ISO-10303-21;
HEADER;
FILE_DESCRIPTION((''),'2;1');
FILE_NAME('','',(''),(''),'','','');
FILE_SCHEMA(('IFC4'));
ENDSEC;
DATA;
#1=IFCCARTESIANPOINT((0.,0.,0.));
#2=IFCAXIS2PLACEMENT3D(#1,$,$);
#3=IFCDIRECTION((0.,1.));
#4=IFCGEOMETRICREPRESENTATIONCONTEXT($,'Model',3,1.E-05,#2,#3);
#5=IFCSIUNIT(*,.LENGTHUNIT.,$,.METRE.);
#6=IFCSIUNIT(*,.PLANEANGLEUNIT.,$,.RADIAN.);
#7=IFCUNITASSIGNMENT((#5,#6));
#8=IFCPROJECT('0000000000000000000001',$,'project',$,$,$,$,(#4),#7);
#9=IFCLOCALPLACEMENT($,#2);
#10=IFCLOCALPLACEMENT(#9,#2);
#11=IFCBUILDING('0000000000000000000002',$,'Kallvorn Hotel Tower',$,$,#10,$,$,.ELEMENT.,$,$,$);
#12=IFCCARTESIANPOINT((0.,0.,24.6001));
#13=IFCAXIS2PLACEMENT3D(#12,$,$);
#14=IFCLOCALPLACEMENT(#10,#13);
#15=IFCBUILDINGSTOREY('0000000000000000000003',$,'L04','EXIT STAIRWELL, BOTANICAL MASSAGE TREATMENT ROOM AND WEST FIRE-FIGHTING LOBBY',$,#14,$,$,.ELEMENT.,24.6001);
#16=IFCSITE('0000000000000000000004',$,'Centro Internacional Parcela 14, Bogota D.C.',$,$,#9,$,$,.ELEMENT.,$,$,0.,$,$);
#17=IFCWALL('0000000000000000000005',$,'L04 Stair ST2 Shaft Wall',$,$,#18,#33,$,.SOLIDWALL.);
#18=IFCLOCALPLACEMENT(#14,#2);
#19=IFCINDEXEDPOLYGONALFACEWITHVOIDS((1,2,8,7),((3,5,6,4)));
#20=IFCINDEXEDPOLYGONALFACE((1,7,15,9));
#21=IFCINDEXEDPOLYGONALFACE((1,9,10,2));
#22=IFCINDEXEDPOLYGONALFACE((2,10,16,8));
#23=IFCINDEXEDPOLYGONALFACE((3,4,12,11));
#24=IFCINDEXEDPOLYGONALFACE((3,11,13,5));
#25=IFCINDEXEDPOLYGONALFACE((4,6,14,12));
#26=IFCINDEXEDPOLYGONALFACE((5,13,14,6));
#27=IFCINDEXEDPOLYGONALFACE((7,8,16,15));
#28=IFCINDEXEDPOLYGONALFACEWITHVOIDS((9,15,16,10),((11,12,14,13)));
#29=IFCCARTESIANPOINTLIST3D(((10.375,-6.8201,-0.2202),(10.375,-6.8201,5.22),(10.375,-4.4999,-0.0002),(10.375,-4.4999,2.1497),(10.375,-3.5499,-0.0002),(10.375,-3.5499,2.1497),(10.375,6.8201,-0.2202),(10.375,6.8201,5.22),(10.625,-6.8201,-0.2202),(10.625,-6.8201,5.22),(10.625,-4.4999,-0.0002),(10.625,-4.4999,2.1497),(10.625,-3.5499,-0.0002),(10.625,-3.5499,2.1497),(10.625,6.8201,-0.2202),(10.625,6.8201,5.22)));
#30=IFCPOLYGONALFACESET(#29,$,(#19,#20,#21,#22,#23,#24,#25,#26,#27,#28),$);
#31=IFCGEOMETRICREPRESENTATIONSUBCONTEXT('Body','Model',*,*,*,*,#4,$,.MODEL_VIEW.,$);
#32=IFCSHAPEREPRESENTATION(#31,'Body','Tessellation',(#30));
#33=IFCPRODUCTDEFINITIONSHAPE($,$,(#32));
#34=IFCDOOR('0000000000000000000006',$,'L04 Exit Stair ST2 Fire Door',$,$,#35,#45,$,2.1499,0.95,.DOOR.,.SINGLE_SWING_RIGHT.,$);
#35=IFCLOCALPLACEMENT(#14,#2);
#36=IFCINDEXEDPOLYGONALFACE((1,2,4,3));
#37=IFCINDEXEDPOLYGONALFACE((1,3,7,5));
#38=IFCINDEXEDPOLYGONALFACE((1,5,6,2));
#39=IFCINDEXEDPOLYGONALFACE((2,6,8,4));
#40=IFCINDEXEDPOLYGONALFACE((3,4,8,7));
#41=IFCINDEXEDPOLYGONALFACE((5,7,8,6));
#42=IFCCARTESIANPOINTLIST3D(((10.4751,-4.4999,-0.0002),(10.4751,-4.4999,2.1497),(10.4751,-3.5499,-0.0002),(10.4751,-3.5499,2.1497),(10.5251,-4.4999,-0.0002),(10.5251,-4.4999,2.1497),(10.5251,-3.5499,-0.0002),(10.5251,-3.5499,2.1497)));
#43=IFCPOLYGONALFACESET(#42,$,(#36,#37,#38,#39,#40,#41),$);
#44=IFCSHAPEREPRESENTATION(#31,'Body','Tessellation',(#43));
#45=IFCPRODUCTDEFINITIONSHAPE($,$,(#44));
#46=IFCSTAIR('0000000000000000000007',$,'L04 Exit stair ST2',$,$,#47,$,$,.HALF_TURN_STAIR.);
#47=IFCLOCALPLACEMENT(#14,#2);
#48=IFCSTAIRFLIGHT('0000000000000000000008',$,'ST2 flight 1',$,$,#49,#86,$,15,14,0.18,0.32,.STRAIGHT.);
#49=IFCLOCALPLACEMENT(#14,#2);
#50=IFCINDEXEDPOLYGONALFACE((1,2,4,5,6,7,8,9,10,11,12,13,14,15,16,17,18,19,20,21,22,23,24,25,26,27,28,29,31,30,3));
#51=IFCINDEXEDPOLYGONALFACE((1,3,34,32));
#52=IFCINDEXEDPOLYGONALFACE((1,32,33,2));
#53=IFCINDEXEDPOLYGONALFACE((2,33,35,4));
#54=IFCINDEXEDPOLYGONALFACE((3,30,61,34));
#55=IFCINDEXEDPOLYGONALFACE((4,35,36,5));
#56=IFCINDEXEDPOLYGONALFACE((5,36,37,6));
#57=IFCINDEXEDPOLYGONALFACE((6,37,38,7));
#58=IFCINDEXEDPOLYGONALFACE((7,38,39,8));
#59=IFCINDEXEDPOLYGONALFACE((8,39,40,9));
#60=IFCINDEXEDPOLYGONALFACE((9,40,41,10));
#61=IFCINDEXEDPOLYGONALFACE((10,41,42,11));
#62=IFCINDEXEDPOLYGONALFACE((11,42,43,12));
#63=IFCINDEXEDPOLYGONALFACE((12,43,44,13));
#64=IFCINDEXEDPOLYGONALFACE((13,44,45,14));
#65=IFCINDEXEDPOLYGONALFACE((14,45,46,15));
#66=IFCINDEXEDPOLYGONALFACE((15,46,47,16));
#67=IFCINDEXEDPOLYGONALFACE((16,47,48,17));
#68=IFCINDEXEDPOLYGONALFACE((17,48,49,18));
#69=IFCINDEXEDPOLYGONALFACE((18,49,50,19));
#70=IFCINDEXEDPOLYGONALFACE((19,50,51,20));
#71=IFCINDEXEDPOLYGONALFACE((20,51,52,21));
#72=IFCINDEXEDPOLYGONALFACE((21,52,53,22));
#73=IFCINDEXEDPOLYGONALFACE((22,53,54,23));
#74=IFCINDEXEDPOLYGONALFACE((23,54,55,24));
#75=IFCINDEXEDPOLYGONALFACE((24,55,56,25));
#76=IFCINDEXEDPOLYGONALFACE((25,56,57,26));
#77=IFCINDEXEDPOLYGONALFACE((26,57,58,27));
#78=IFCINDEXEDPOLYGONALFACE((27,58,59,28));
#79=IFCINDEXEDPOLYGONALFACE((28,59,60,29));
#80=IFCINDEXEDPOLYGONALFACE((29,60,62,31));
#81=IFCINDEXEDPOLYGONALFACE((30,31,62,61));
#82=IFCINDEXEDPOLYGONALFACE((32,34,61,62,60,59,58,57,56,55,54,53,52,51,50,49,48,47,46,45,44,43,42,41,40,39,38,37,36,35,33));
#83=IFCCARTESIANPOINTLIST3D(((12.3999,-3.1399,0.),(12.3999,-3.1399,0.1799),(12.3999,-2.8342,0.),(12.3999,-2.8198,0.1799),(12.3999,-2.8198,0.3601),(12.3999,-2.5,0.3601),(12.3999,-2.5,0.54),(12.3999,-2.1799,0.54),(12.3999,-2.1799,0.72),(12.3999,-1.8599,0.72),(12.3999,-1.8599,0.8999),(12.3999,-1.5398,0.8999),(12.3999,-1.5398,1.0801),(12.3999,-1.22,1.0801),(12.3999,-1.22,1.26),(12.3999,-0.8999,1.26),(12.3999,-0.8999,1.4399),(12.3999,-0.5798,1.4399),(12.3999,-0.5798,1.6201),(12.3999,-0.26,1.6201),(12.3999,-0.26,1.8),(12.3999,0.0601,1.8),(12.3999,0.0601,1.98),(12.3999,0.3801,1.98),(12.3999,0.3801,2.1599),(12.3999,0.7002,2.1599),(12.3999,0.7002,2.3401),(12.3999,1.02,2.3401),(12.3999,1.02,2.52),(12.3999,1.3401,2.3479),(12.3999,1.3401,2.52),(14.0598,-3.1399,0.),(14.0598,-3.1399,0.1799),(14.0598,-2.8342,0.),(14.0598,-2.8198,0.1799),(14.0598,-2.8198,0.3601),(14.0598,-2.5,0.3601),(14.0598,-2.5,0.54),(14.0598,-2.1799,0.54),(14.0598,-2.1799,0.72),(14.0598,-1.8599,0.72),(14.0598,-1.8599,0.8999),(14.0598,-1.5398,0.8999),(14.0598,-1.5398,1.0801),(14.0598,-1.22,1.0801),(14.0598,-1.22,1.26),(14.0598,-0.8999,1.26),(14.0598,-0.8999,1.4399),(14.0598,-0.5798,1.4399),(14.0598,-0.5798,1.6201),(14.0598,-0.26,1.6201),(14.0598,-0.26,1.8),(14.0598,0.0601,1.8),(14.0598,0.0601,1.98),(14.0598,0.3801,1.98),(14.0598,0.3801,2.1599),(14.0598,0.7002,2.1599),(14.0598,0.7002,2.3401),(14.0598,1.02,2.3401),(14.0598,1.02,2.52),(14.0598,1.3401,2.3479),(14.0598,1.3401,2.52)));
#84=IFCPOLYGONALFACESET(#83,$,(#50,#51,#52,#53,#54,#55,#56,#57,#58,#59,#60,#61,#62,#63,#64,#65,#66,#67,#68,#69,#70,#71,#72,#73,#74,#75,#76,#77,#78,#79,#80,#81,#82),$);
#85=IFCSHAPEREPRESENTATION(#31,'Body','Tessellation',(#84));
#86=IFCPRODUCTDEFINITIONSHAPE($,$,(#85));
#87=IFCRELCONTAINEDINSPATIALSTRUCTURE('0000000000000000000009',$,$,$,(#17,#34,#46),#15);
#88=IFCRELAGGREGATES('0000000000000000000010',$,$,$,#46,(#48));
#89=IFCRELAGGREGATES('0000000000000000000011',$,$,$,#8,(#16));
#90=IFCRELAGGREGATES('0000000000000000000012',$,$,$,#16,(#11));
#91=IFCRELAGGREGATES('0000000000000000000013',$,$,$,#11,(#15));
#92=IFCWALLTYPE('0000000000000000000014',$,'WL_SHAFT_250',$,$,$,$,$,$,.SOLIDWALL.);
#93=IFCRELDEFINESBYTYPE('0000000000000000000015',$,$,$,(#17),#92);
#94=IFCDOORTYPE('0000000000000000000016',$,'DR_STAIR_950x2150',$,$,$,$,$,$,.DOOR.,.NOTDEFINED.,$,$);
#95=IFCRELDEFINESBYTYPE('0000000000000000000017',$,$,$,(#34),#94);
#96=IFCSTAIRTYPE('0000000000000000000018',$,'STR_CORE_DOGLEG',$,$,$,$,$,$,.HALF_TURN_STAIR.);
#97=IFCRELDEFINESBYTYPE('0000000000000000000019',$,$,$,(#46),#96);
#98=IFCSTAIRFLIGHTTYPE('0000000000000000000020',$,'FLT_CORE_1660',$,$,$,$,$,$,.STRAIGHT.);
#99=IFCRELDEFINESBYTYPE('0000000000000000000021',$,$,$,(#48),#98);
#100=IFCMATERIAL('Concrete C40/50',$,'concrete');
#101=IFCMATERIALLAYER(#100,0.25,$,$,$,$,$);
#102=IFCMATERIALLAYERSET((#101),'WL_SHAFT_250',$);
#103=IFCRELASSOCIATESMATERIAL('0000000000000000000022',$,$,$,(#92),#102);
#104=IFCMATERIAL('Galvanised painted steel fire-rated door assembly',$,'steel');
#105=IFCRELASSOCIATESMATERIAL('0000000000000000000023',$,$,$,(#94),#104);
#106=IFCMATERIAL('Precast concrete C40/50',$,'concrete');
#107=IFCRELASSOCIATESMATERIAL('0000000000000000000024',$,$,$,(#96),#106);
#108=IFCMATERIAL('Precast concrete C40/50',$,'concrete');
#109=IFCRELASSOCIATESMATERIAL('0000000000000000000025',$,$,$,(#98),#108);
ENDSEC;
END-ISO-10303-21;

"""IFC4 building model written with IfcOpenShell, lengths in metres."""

from ifc_helpers import new_model, si_unit, direction, frame, frame_2d, origin, place, context, subcontext, project, spatial, polyline, rectangle, outline, extrude, material, layer, layer_set, type_object, element, fill, aggregate, save


model = new_model("IFC4")

# Units and contexts
model_context = context("Model", 3, precision=1e-05, world=origin(), true_north=direction((0.0, 1.0)))
body_context = subcontext(model_context, "Body", "Model", "MODEL_VIEW")
ifc_project = project(units=[si_unit("LENGTHUNIT", "METRE"), si_unit("PLANEANGLEUNIT", "RADIAN")], contexts=[model_context])

# Site, building, storey
site_placement = place(None, origin())
site = spatial("IfcSite", under=ifc_project, at=site_placement, Name="Centro Internacional Parcela 14, Bogota D.C.", CompositionType="ELEMENT", RefElevation=0.0)
building_placement = place(site_placement, origin())
building = spatial("IfcBuilding", under=site, at=building_placement, Name="Kallvorn Hotel Tower", CompositionType="ELEMENT")
storey_placement = place(building_placement, frame((0.0, 0.0, 24.6001)))
storey = spatial("IfcBuildingStorey", under=building, at=storey_placement, Name="L04", Description="EXIT STAIRWELL, BOTANICAL MASSAGE TREATMENT ROOM AND WEST FIRE-FIGHTING LOBBY", CompositionType="ELEMENT", Elevation=24.6001)

# Wall, opening, door
ifc_material_1 = material(Name="Concrete C40/50", Category="concrete")
ifc_layer_1 = layer(ifc_material_1, 0.25)
ifc_layer_set_1 = layer_set([ifc_layer_1], Name="WL_SHAFT_250")
wall_type_1 = type_object("IfcWallType", Name="WL_SHAFT_250", PredefinedType="SOLIDWALL", material=ifc_layer_set_1)
wall_1_placement = place(storey_placement, frame((10.5, -6.8201, -0.2202), z_axis=(0.0, 0.0, 1.0), x_axis=(0.0, 1.0, 0.0)))
wall_1 = element("IfcWall", 1, at=wall_1_placement, inside=storey, type_object=wall_type_1, Name="L04 Stair ST2 Shaft Wall", PredefinedType="SOLIDWALL", context=body_context, shape_type="SweptSolid", body=[
    extrude(rectangle(XDim=13.6401, YDim=0.25, at=frame_2d((6.8201, 0.0))), origin(), (0.0, 0.0, 1.0), 5.4402),
])
opening_1_placement = place(wall_1_placement, frame((2.3201, 0.0, 0.22)))
opening_1 = element("IfcOpeningElement", 2, at=opening_1_placement, cuts=wall_1, PredefinedType="OPENING", context=body_context, shape_type="SweptSolid", body=[
    extrude(rectangle(XDim=0.95, YDim=2.1499, at=frame_2d((0.4751, 1.075))), frame((0.0, 0.1399, 0.0), z_axis=(0.0, -1.0, 0.0), x_axis=(1.0, 0.0, 0.0)), (0.0, 0.0, 1.0), 0.28),
])
ifc_material_2 = material(Name="Galvanised painted steel fire-rated door assembly", Category="steel")
door_type_1 = type_object("IfcDoorType", Name="DR_STAIR_950x2150", OperationType="NOTDEFINED", PredefinedType="DOOR", material=ifc_material_2)
door_1_placement = place(opening_1_placement, origin())
door_1 = element("IfcDoor", 3, at=door_1_placement, inside=storey, type_object=door_type_1, Name="L04 Exit Stair ST2 Fire Door", OperationType="SINGLE_SWING_RIGHT", OverallHeight=2.1499, OverallWidth=0.95, PredefinedType="DOOR", context=body_context, shape_type="SweptSolid", body=[
    extrude(rectangle(XDim=0.95, YDim=2.1499, at=frame_2d((0.4751, 1.075))), frame((0.0, 0.0249, 0.0), z_axis=(0.0, -1.0, 0.0), x_axis=(1.0, 0.0, 0.0)), (0.0, 0.0, 1.0), 0.05),
])
fill(opening_1, door_1)

# Stair, stair flight
ifc_material_3 = material(Name="Precast concrete C40/50", Category="concrete")
stair_type = type_object("IfcStairType", Name="STR_CORE_DOGLEG", PredefinedType="HALF_TURN_STAIR", material=ifc_material_3)
stair_placement = place(storey_placement, origin())
stair = element("IfcStair", 4, at=stair_placement, inside=storey, type_object=stair_type, Name="L04 Exit stair ST2", PredefinedType="HALF_TURN_STAIR")
ifc_material_4 = material(Name="Precast concrete C40/50", Category="concrete")
stair_flight_type = type_object("IfcStairFlightType", Name="FLT_CORE_1660", PredefinedType="STRAIGHT", material=ifc_material_4)
stair_flight_placement = place(storey_placement, frame((13.23, -3.1399, 0.0), z_axis=(0.0, 0.0, 1.0), x_axis=(0.0, 1.0, 0.0)))
stair_flight = element("IfcStairFlight", 5, at=stair_flight_placement, type_object=stair_flight_type, Name="ST2 flight 1", NumberOfRisers=15, NumberOfTreads=14, PredefinedType="STRAIGHT", RiserHeight=0.18, TreadLength=0.32, context=body_context, shape_type="SweptSolid", body=[
    extrude(outline(polyline([(0.0, 0.0), (0.0, 0.1799), (0.3201, 0.1799), (0.3201, 0.3601), (0.6399, 0.3601), (0.6399, 0.54), (0.96, 0.54), (0.96, 0.72), (1.28, 0.72), (1.28, 0.8999), (1.6001, 0.8999), (1.6001, 1.0801), (1.9199, 1.0801), (1.9199, 1.26), (2.24, 1.26), (2.24, 1.4399), (2.5601, 1.4399), (2.5601, 1.6201), (2.8799, 1.6201), (2.8799, 1.8), (3.2, 1.8), (3.2, 1.98), (3.52, 1.98), (3.52, 2.1599), (3.8401, 2.1599), (3.8401, 2.3401), (4.1599, 2.3401), (4.1599, 2.52), (4.48, 2.52), (4.48, 2.7), (4.48, 2.3479), (0.3057, 0.0), (0.0, 0.0)])), frame((0.0, 0.8301, 0.0), z_axis=(0.0, -1.0, 0.0), x_axis=(1.0, 0.0, 0.0)), (0.0, 0.0, 1.0), 1.6599),
])
aggregate(stair, [stair_flight])

save(model, "model.ifc")
